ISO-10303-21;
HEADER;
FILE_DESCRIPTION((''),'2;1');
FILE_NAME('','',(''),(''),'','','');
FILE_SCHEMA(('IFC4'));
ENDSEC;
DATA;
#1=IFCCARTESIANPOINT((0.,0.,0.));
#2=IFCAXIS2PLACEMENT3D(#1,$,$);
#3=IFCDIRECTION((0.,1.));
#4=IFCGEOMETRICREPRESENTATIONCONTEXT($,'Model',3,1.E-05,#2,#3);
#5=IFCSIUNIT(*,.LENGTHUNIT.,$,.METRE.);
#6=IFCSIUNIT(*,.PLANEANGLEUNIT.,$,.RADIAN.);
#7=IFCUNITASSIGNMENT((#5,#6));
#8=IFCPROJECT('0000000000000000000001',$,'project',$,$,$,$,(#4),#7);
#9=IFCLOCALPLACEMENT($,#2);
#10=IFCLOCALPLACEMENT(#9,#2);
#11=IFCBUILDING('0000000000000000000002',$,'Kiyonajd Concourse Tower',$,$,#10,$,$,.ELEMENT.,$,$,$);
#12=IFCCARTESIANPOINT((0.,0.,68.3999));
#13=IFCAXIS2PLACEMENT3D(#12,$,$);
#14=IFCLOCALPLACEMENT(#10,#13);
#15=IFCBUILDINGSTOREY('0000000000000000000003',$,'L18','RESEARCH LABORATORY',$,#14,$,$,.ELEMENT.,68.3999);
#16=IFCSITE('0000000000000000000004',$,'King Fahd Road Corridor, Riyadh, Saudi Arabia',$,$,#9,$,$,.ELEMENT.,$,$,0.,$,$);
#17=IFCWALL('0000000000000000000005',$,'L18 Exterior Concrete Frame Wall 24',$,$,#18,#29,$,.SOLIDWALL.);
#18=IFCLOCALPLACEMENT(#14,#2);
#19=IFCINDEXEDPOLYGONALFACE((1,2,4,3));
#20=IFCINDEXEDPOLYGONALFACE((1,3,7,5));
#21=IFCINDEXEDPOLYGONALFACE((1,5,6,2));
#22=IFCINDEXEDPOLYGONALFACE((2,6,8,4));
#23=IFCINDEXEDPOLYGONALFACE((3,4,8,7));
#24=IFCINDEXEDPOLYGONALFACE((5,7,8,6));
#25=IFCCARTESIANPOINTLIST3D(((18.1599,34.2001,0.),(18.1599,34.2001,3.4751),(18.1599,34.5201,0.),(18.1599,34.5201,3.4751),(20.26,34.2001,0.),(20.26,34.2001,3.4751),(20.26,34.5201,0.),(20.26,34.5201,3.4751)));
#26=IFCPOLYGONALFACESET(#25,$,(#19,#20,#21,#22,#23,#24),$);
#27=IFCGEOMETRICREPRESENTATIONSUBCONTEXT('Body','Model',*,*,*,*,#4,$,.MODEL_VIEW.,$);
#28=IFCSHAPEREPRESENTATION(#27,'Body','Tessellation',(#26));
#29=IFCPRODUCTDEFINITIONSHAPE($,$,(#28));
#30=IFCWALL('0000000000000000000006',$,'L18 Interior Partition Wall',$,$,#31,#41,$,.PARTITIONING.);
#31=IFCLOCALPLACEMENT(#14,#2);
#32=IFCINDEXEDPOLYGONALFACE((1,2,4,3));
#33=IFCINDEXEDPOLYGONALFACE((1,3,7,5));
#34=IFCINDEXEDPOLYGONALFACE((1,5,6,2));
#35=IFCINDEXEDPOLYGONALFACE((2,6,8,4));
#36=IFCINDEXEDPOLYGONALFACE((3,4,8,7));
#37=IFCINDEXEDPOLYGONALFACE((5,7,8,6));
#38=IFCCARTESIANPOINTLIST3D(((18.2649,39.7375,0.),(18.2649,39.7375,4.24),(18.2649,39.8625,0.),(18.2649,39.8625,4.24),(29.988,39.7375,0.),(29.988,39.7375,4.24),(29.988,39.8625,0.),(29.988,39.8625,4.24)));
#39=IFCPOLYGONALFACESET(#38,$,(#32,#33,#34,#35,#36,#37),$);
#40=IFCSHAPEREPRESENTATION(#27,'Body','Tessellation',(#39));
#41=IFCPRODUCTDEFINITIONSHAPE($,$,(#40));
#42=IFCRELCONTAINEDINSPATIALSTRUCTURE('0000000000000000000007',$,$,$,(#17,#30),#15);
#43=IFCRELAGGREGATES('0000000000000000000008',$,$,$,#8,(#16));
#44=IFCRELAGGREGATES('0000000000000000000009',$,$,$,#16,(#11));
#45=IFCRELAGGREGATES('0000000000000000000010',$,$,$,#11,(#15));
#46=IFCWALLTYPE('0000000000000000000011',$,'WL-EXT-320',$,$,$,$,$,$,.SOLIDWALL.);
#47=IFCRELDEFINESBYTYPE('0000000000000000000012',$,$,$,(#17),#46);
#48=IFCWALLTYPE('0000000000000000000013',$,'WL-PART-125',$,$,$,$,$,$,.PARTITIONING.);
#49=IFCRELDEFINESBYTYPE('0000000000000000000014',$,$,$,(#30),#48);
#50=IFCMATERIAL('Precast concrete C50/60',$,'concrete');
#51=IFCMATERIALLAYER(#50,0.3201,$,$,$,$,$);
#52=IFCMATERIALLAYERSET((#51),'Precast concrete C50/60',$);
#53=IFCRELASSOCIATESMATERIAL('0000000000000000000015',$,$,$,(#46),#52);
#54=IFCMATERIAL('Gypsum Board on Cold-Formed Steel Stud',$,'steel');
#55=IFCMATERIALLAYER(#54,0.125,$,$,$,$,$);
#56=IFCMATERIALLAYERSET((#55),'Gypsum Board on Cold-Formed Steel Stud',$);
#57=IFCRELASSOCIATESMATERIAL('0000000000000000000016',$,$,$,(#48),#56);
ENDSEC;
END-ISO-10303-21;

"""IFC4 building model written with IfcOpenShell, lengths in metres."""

from ifc_helpers import new_model, si_unit, direction, frame, frame_2d, origin, place, context, subcontext, project, spatial, rectangle, extrude, material, layer, layer_set, type_object, element, save


model = new_model("IFC4")

# Units and contexts
model_context = context("Model", 3, precision=1e-05, world=origin(), true_north=direction((0.0, 1.0)))
body_context = subcontext(model_context, "Body", "Model", "MODEL_VIEW")
ifc_project = project(units=[si_unit("LENGTHUNIT", "METRE"), si_unit("PLANEANGLEUNIT", "RADIAN")], contexts=[model_context])

# Site, building, storey
site_placement = place(None, origin())
site = spatial("IfcSite", under=ifc_project, at=site_placement, Name="King Fahd Road Corridor, Riyadh, Saudi Arabia", CompositionType="ELEMENT", RefElevation=0.0)
building_placement = place(site_placement, origin())
building = spatial("IfcBuilding", under=site, at=building_placement, Name="Kiyonajd Concourse Tower", CompositionType="ELEMENT")
storey_placement = place(building_placement, frame((0.0, 0.0, 68.3999)))
storey = spatial("IfcBuildingStorey", under=building, at=storey_placement, Name="L18", Description="RESEARCH LABORATORY", CompositionType="ELEMENT", Elevation=68.3999)

# Shared definitions
ifc_material_1 = material(Name="Precast concrete C50/60", Category="concrete")

# Walls
ifc_layer_1 = layer(ifc_material_1, 0.3201)
ifc_layer_set_1 = layer_set([ifc_layer_1], Name="Precast concrete C50/60")
wall_type_1 = type_object("IfcWallType", Name="WL-EXT-320", PredefinedType="SOLIDWALL", material=ifc_layer_set_1)
wall_1_placement = place(storey_placement, frame((20.26, 34.3601, 0.0), z_axis=(0.0, 0.0, 1.0), x_axis=(-1.0, 0.0, 0.0)))
element("IfcWall", 1, at=wall_1_placement, inside=storey, type_object=wall_type_1, Name="L18 Exterior Concrete Frame Wall 24", PredefinedType="SOLIDWALL", context=body_context, shape_type="SweptSolid", body=[
    extrude(rectangle(XDim=2.1001, YDim=0.3201, at=frame_2d((1.05, 0.0))), origin(), (0.0, 0.0, 1.0), 3.4751),
])
ifc_material_2 = material(Name="Gypsum Board on Cold-Formed Steel Stud", Category="steel")
ifc_layer_2 = layer(ifc_material_2, 0.125)
ifc_layer_set_2 = layer_set([ifc_layer_2], Name="Gypsum Board on Cold-Formed Steel Stud")
wall_type_2 = type_object("IfcWallType", Name="WL-PART-125", PredefinedType="PARTITIONING", material=ifc_layer_set_2)
wall_2_placement = place(storey_placement, frame((18.2649, 39.8, 0.0), z_axis=(0.0, 0.0, 1.0), x_axis=(1.0, 0.0, 0.0)))
element("IfcWall", 2, at=wall_2_placement, inside=storey, type_object=wall_type_2, Name="L18 Interior Partition Wall", PredefinedType="PARTITIONING", context=body_context, shape_type="SweptSolid", body=[
    extrude(rectangle(XDim=11.7231, YDim=0.125, at=frame_2d((5.8616, 0.0))), origin(), (0.0, 0.0, 1.0), 4.24),
])

save(model, "model.ifc")
